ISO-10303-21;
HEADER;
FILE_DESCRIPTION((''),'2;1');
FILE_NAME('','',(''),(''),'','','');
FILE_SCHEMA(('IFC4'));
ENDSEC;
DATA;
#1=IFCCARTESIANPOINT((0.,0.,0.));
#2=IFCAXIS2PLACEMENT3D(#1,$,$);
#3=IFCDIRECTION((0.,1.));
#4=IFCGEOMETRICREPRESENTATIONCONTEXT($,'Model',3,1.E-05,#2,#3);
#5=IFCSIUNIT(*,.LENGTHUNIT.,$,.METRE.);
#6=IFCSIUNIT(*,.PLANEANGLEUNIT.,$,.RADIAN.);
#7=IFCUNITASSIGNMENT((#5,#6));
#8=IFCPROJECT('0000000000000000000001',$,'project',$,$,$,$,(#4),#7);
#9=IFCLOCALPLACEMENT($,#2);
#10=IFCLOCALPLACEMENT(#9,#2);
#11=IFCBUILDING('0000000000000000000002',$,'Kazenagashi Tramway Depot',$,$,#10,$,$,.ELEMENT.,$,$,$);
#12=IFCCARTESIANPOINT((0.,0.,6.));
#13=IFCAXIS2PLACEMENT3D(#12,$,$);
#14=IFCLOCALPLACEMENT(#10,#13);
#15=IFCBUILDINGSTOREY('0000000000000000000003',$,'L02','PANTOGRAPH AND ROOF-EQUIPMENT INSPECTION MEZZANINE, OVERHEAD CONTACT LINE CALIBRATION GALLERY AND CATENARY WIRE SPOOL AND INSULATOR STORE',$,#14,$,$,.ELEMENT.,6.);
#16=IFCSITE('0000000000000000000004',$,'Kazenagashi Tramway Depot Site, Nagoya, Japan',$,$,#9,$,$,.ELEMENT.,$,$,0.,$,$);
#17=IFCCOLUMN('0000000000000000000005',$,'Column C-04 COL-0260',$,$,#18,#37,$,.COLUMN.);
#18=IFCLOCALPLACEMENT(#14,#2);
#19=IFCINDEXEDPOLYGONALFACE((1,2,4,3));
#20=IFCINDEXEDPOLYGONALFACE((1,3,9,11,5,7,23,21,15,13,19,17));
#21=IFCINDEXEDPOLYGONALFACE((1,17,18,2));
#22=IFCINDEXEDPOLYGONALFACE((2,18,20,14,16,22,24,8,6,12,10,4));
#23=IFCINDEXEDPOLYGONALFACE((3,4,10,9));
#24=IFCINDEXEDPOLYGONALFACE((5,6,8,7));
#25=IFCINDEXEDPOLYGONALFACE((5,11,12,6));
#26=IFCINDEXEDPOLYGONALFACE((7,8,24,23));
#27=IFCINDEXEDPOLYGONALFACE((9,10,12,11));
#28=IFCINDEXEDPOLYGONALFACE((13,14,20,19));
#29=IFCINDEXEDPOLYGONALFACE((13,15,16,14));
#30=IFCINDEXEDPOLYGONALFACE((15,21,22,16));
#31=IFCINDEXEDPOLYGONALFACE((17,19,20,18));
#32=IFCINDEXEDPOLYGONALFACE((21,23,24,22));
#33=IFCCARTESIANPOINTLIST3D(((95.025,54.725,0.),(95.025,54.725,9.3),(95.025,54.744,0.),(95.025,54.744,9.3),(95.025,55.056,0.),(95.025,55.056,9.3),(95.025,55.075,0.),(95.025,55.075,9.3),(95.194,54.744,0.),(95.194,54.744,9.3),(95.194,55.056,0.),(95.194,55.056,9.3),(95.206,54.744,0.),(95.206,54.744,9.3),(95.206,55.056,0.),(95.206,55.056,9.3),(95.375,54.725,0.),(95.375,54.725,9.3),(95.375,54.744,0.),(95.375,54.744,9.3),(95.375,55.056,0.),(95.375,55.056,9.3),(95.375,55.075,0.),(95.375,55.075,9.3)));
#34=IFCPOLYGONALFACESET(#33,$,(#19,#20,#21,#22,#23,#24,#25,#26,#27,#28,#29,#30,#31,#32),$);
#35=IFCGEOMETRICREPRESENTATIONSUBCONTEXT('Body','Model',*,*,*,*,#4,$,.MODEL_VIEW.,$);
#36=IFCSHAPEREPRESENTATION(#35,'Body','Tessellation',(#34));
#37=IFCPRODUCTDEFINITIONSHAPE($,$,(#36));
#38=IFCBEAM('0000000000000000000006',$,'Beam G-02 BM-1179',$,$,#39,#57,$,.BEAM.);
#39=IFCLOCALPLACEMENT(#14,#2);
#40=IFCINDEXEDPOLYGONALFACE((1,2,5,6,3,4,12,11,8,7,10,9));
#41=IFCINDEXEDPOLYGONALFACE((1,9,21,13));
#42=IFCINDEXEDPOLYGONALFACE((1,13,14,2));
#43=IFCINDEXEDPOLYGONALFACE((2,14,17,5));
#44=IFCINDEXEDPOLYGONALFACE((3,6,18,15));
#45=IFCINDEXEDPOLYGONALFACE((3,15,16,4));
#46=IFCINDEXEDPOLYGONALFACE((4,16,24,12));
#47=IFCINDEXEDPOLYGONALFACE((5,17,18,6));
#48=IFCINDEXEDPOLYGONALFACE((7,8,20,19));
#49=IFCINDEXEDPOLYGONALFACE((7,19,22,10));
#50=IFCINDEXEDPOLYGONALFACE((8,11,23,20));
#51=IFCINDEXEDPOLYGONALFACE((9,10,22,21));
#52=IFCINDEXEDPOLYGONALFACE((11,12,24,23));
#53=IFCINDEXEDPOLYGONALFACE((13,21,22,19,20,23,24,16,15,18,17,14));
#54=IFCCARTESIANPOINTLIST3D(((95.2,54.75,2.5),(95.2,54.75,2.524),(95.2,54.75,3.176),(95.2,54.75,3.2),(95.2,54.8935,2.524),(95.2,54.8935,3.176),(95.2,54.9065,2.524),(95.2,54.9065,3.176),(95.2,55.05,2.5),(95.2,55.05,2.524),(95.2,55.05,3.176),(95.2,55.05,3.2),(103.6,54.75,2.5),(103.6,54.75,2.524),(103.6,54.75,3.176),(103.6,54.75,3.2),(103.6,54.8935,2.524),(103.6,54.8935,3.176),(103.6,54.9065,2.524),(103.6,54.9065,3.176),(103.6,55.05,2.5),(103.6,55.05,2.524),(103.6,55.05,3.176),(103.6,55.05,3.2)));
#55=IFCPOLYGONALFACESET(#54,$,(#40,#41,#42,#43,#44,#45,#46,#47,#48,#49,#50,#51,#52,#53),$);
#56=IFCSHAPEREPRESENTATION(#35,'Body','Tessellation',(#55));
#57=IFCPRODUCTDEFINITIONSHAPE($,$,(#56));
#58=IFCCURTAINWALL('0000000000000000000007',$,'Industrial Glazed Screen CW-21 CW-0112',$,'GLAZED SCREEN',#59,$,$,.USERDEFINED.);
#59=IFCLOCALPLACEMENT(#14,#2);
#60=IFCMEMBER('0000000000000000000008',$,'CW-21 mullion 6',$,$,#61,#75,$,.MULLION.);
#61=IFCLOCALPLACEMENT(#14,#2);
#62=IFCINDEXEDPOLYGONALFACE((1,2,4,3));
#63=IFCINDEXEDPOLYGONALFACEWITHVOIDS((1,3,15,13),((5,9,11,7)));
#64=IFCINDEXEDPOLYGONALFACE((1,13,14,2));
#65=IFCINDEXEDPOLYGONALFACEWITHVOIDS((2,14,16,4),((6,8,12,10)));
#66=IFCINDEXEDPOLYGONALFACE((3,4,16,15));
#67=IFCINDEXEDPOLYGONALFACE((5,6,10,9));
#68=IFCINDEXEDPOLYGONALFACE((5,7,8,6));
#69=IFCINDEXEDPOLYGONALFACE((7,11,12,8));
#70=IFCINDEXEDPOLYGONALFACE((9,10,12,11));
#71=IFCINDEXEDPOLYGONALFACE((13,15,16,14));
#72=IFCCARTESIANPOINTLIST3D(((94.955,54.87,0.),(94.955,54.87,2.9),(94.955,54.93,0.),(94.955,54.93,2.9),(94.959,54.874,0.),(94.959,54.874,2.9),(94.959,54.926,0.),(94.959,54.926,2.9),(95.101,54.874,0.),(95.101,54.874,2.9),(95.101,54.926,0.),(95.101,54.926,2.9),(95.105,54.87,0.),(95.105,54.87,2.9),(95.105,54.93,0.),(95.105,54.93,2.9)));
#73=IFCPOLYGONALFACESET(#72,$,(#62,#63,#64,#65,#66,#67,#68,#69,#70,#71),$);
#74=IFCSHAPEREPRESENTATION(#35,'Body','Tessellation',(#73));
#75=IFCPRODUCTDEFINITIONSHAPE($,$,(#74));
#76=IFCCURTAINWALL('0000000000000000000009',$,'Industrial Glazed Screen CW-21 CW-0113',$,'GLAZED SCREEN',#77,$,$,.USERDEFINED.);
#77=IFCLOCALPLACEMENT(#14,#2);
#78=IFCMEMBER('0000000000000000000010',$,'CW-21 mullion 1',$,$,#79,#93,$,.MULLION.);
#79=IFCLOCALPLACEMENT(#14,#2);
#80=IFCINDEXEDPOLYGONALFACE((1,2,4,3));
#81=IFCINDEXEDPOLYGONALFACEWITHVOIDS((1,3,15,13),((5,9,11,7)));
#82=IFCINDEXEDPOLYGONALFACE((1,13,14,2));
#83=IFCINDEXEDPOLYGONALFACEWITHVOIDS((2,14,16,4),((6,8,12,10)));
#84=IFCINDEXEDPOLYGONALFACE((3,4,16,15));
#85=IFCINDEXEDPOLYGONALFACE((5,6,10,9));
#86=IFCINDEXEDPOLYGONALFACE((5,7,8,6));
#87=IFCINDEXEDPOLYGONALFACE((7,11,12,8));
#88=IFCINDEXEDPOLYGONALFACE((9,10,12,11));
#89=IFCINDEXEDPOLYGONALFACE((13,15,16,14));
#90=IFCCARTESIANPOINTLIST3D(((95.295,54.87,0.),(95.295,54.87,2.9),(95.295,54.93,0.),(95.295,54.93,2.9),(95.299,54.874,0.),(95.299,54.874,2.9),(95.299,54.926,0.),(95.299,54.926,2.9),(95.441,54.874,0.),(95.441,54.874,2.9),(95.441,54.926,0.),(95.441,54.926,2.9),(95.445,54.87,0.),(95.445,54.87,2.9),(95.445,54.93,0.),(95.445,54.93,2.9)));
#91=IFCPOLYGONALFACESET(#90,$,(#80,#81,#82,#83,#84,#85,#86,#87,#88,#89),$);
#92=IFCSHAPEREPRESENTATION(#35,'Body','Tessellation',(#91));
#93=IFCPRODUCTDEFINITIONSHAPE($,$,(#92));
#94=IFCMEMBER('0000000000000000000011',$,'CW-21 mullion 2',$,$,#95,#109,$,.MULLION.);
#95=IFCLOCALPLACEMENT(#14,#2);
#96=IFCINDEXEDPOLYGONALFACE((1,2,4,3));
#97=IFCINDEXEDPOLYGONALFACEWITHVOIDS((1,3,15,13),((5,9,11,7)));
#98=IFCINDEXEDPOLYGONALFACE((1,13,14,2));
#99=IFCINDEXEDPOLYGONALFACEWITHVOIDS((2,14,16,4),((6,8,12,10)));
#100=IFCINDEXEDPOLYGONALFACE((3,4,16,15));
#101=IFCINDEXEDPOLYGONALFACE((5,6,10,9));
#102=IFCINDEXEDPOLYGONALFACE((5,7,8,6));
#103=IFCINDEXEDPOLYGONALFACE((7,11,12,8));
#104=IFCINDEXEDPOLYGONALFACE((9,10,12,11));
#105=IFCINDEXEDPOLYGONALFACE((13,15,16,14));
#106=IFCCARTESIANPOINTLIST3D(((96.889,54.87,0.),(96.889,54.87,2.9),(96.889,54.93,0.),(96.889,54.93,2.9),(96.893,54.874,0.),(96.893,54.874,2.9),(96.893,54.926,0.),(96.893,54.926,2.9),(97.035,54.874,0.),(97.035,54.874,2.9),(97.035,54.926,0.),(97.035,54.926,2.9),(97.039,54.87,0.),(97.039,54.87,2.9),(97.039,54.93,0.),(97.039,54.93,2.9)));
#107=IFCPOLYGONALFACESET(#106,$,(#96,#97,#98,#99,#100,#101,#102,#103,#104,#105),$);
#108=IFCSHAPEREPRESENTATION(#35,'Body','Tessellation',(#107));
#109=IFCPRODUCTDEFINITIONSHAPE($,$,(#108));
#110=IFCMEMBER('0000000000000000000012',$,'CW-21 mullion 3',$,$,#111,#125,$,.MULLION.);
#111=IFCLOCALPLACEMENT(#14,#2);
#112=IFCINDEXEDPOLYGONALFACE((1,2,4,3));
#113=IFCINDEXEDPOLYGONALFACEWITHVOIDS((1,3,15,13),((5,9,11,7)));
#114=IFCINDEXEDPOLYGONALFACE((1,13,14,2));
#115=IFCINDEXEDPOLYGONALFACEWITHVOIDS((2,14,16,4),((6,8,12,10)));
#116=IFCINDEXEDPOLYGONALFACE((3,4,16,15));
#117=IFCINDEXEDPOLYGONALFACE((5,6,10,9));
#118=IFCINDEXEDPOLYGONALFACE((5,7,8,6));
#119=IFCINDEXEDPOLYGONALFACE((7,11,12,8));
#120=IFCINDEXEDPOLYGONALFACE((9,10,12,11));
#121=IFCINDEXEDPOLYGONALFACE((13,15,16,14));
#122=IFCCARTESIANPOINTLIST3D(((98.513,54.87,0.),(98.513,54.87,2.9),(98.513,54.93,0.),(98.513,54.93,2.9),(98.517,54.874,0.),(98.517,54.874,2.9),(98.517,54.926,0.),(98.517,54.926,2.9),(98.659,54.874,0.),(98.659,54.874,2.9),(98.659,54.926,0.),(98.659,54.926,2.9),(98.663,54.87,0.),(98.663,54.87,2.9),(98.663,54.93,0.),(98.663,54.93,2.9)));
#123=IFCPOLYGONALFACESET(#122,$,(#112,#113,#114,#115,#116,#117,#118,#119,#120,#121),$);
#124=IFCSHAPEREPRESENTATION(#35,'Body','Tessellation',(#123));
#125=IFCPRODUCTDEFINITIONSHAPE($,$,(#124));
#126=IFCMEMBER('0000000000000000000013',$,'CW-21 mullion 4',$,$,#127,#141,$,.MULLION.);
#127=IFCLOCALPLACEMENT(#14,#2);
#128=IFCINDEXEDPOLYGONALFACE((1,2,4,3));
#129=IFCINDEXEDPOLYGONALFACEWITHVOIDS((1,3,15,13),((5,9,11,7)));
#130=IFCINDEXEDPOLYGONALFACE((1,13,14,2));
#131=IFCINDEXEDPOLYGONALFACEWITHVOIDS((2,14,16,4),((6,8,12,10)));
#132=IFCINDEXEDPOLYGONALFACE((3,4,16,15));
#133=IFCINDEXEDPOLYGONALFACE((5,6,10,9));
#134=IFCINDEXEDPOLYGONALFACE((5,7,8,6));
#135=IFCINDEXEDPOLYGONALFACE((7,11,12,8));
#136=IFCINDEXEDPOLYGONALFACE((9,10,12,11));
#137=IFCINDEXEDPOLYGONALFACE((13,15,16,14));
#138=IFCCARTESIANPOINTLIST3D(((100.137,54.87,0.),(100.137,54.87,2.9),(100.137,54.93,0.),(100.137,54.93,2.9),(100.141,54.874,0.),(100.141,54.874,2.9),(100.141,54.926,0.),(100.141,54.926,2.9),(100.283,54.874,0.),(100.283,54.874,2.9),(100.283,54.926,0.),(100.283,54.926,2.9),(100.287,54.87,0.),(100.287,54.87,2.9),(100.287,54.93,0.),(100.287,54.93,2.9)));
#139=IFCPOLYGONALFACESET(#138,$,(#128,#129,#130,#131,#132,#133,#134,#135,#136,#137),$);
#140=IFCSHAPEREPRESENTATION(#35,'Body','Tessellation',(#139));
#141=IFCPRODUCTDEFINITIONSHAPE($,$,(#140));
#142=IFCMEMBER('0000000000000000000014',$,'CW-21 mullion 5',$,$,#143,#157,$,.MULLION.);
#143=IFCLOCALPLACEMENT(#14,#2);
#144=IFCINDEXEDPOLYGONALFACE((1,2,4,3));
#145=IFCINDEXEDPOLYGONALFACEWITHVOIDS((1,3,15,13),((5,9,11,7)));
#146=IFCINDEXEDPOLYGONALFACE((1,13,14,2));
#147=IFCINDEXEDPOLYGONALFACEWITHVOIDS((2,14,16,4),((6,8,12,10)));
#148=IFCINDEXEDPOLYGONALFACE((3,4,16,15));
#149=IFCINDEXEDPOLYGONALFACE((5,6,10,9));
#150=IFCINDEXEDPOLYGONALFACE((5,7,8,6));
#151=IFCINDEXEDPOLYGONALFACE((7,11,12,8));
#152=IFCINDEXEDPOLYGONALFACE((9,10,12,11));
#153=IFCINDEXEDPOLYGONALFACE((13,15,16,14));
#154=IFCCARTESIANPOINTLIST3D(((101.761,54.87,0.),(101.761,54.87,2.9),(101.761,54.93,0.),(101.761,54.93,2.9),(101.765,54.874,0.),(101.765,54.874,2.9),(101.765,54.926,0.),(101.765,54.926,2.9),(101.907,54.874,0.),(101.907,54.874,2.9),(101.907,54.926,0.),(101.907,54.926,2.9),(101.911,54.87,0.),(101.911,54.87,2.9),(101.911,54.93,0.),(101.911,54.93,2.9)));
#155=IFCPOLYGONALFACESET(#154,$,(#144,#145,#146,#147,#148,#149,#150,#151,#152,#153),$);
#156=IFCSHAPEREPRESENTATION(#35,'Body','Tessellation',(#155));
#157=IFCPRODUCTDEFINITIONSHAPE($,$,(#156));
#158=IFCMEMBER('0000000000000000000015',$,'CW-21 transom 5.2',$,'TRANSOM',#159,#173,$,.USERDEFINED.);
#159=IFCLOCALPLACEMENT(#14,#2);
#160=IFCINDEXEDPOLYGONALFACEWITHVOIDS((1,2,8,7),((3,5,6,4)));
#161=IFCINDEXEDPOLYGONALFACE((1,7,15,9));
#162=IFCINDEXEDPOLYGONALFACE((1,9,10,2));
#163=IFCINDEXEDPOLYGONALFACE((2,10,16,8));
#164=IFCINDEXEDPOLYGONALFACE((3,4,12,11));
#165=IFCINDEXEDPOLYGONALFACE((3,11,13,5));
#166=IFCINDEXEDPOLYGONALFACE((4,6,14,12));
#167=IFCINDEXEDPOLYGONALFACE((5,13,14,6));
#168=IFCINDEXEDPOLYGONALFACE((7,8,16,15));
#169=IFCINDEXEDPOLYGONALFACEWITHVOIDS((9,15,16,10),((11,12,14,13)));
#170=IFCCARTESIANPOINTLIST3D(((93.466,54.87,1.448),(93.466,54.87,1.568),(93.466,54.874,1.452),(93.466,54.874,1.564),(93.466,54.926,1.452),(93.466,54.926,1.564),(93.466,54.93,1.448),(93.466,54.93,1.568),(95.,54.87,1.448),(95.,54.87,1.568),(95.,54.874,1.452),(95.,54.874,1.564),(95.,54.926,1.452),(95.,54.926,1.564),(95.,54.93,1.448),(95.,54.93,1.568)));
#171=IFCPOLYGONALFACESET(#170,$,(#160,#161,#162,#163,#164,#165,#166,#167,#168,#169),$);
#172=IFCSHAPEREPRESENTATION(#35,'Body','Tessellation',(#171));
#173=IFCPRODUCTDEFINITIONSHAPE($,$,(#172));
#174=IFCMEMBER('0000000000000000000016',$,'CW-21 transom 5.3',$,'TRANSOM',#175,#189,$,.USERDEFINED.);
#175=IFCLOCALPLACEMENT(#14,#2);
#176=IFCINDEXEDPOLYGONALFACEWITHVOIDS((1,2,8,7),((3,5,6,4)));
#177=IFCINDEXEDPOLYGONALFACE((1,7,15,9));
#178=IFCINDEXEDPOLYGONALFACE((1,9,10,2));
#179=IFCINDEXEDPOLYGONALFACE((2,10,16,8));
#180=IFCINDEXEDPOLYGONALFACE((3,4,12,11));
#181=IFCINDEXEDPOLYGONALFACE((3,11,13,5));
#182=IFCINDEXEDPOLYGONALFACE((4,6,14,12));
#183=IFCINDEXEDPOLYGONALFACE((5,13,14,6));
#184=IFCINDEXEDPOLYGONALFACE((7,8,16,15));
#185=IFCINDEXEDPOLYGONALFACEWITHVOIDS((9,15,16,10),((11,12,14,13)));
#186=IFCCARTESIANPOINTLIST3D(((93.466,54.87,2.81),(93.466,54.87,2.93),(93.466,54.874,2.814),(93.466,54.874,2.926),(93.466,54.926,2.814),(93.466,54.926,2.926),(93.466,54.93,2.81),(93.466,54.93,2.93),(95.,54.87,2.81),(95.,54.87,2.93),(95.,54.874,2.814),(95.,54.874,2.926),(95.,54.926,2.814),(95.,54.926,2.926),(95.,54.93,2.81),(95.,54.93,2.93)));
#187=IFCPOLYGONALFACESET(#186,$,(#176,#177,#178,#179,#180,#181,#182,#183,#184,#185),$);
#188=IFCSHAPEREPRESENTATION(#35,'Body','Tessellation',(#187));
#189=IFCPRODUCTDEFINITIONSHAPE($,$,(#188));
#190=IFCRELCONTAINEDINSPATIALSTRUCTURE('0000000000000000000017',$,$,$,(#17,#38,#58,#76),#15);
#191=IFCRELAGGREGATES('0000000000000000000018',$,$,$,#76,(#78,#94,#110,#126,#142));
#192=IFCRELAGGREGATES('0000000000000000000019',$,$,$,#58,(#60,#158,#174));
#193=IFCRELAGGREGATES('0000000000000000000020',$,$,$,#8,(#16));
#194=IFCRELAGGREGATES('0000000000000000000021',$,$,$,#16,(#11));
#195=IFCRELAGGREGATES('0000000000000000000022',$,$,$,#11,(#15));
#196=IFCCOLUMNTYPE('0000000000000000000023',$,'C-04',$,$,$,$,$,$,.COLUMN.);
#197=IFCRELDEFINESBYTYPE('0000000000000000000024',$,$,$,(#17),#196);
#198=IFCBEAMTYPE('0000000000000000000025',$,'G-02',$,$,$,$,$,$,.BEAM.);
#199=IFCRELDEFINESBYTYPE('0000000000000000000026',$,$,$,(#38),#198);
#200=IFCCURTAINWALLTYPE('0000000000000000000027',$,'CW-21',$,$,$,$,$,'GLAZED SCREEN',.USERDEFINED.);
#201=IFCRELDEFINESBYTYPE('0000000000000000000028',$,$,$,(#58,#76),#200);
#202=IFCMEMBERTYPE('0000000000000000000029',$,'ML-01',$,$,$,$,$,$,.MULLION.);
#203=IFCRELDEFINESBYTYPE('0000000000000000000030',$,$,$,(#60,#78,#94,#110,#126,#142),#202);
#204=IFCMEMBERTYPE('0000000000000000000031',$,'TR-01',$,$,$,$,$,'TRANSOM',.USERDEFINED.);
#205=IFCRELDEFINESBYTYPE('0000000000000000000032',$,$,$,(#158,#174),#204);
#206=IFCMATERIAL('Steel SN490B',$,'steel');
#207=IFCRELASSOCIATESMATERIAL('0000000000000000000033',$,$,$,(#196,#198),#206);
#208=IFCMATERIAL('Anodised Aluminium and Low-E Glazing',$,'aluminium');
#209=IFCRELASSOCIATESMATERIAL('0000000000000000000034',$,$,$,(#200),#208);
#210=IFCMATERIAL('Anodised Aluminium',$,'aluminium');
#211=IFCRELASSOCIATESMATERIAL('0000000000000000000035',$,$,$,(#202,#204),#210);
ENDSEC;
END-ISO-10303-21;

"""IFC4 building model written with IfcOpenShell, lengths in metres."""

from ifc_helpers import new_model, si_unit, direction, frame, origin, origin_2d, place, context, subcontext, project, spatial, hollow_rectangle, i_section, extrude, material, material_profile, profile_set, type_object, element, aggregate, save


model = new_model("IFC4")

# Units and contexts
model_context = context("Model", 3, precision=1e-05, world=origin(), true_north=direction((0.0, 1.0)))
body_context = subcontext(model_context, "Body", "Model", "MODEL_VIEW")
ifc_project = project(units=[si_unit("LENGTHUNIT", "METRE"), si_unit("PLANEANGLEUNIT", "RADIAN")], contexts=[model_context])

# Site, building, storey
site_placement = place(None, origin())
site = spatial("IfcSite", under=ifc_project, at=site_placement, Name="Kazenagashi Tramway Depot Site, Nagoya, Japan", CompositionType="ELEMENT", RefElevation=0.0)
building_placement = place(site_placement, origin())
building = spatial("IfcBuilding", under=site, at=building_placement, Name="Kazenagashi Tramway Depot", CompositionType="ELEMENT")
storey_placement = place(building_placement, frame((0.0, 0.0, 6.0)))
storey = spatial("IfcBuildingStorey", under=building, at=storey_placement, Name="L02", Description="PANTOGRAPH AND ROOF-EQUIPMENT INSPECTION MEZZANINE, OVERHEAD CONTACT LINE CALIBRATION GALLERY AND CATENARY WIRE SPOOL AND INSULATOR STORE", CompositionType="ELEMENT", Elevation=6.0)

# Column
ifc_material_1 = material(Name="Steel SN490B", Category="steel")
ifc_material_profile_1 = material_profile(ifc_material_1, i_section(OverallWidth=0.35, OverallDepth=0.35, WebThickness=0.012, FlangeThickness=0.019, at=origin_2d()), Name="H-350x350x12x19")
ifc_profile_set_1 = profile_set([ifc_material_profile_1], Name="Steel SN490B")
column_type = type_object("IfcColumnType", Name="C-04", PredefinedType="COLUMN", material=ifc_profile_set_1)
column_placement = place(storey_placement, frame((95.2, 54.9, 0.0), z_axis=(0.0, 0.0, 1.0), x_axis=(1.0, 0.0, 0.0)))
element("IfcColumn", 1, at=column_placement, inside=storey, type_object=column_type, Name="Column C-04 COL-0260", PredefinedType="COLUMN", context=body_context, shape_type="SweptSolid", body=[
    extrude(i_section(OverallWidth=0.35, OverallDepth=0.35, WebThickness=0.012, FlangeThickness=0.019, at=origin_2d()), origin(), (0.0, 0.0, 1.0), 9.3),
])

# Beam
ifc_material_profile_2 = material_profile(ifc_material_1, i_section(OverallWidth=0.3, OverallDepth=0.7, WebThickness=0.013, FlangeThickness=0.024, at=origin_2d()), Name="H-700x300x13x24")
ifc_profile_set_2 = profile_set([ifc_material_profile_2], Name="Steel SN490B")
beam_type = type_object("IfcBeamType", Name="G-02", PredefinedType="BEAM", material=ifc_profile_set_2)
beam_placement = place(storey_placement, frame((95.2, 54.9, 2.85), z_axis=(1.0, 0.0, 0.0), x_axis=(0.0, 1.0, 0.0)))
element("IfcBeam", 2, at=beam_placement, inside=storey, type_object=beam_type, Name="Beam G-02 BM-1179", PredefinedType="BEAM", context=body_context, shape_type="SweptSolid", body=[
    extrude(i_section(OverallWidth=0.3, OverallDepth=0.7, WebThickness=0.013, FlangeThickness=0.024, at=origin_2d()), origin(), (0.0, 0.0, 1.0), 8.4),
])

# Curtain wall, member
ifc_material_2 = material(Name="Anodised Aluminium and Low-E Glazing", Category="aluminium")
curtain_wall_type = type_object("IfcCurtainWallType", Name="CW-21", ElementType="GLAZED SCREEN", PredefinedType="USERDEFINED", material=ifc_material_2)
curtain_wall_1_placement = place(storey_placement, origin())
curtain_wall_1 = element("IfcCurtainWall", 3, at=curtain_wall_1_placement, inside=storey, type_object=curtain_wall_type, Name="Industrial Glazed Screen CW-21 CW-0112", ObjectType="GLAZED SCREEN", PredefinedType="USERDEFINED")
ifc_material_3 = material(Name="Anodised Aluminium", Category="aluminium")
ifc_material_profile_3 = material_profile(ifc_material_3, hollow_rectangle(XDim=0.06, YDim=0.15, WallThickness=0.004, at=origin_2d()), Name="RHS-150x60x4")
ifc_profile_set_3 = profile_set([ifc_material_profile_3], Name="Anodised Aluminium")
member_type_1 = type_object("IfcMemberType", Name="ML-01", PredefinedType="MULLION", material=ifc_profile_set_3)
member_1_placement = place(storey_placement, frame((95.03, 54.9, 0.0), z_axis=(0.0, 0.0, 1.0), x_axis=(0.0, 1.0, 0.0)))
member_1 = element("IfcMember", 4, at=member_1_placement, type_object=member_type_1, Name="CW-21 mullion 6", PredefinedType="MULLION", context=body_context, shape_type="SweptSolid", body=[
    extrude(hollow_rectangle(XDim=0.06, YDim=0.15, WallThickness=0.004, at=origin_2d()), origin(), (0.0, 0.0, 1.0), 2.9),
])

# Curtain wall, members
curtain_wall_2_placement = place(storey_placement, origin())
curtain_wall_2 = element("IfcCurtainWall", 5, at=curtain_wall_2_placement, inside=storey, type_object=curtain_wall_type, Name="Industrial Glazed Screen CW-21 CW-0113", ObjectType="GLAZED SCREEN", PredefinedType="USERDEFINED")
member_2_placement = place(storey_placement, frame((95.37, 54.9, 0.0), z_axis=(0.0, 0.0, 1.0), x_axis=(0.0, 1.0, 0.0)))
member_2 = element("IfcMember", 6, at=member_2_placement, type_object=member_type_1, Name="CW-21 mullion 1", PredefinedType="MULLION", context=body_context, shape_type="SweptSolid", body=[
    extrude(hollow_rectangle(XDim=0.06, YDim=0.15, WallThickness=0.004, at=origin_2d()), origin(), (0.0, 0.0, 1.0), 2.9),
])
member_3_placement = place(storey_placement, frame((96.964, 54.9, 0.0), z_axis=(0.0, 0.0, 1.0), x_axis=(0.0, 1.0, 0.0)))
member_3 = element("IfcMember", 7, at=member_3_placement, type_object=member_type_1, Name="CW-21 mullion 2", PredefinedType="MULLION", context=body_context, shape_type="SweptSolid", body=[
    extrude(hollow_rectangle(XDim=0.06, YDim=0.15, WallThickness=0.004, at=origin_2d()), origin(), (0.0, 0.0, 1.0), 2.9),
])
member_4_placement = place(storey_placement, frame((98.588, 54.9, 0.0), z_axis=(0.0, 0.0, 1.0), x_axis=(0.0, 1.0, 0.0)))
member_4 = element("IfcMember", 8, at=member_4_placement, type_object=member_type_1, Name="CW-21 mullion 3", PredefinedType="MULLION", context=body_context, shape_type="SweptSolid", body=[
    extrude(hollow_rectangle(XDim=0.06, YDim=0.15, WallThickness=0.004, at=origin_2d()), origin(), (0.0, 0.0, 1.0), 2.9),
])
member_5_placement = place(storey_placement, frame((100.212, 54.9, 0.0), z_axis=(0.0, 0.0, 1.0), x_axis=(0.0, 1.0, 0.0)))
member_5 = element("IfcMember", 9, at=member_5_placement, type_object=member_type_1, Name="CW-21 mullion 4", PredefinedType="MULLION", context=body_context, shape_type="SweptSolid", body=[
    extrude(hollow_rectangle(XDim=0.06, YDim=0.15, WallThickness=0.004, at=origin_2d()), origin(), (0.0, 0.0, 1.0), 2.9),
])
member_6_placement = place(storey_placement, frame((101.836, 54.9, 0.0), z_axis=(0.0, 0.0, 1.0), x_axis=(0.0, 1.0, 0.0)))
member_6 = element("IfcMember", 10, at=member_6_placement, type_object=member_type_1, Name="CW-21 mullion 5", PredefinedType="MULLION", context=body_context, shape_type="SweptSolid", body=[
    extrude(hollow_rectangle(XDim=0.06, YDim=0.15, WallThickness=0.004, at=origin_2d()), origin(), (0.0, 0.0, 1.0), 2.9),
])

# Members
ifc_material_profile_4 = material_profile(ifc_material_3, hollow_rectangle(XDim=0.06, YDim=0.12, WallThickness=0.004, at=origin_2d()), Name="RHS-120x60x4")
ifc_profile_set_4 = profile_set([ifc_material_profile_4], Name="Anodised Aluminium")
member_type_2 = type_object("IfcMemberType", Name="TR-01", ElementType="TRANSOM", PredefinedType="USERDEFINED", material=ifc_profile_set_4)
member_7_placement = place(storey_placement, frame((93.466, 54.9, 1.508), z_axis=(1.0, 0.0, 0.0), x_axis=(0.0, 1.0, 0.0)))
member_7 = element("IfcMember", 11, at=member_7_placement, type_object=member_type_2, Name="CW-21 transom 5.2", ObjectType="TRANSOM", PredefinedType="USERDEFINED", context=body_context, shape_type="SweptSolid", body=[
    extrude(hollow_rectangle(XDim=0.06, YDim=0.12, WallThickness=0.004, at=origin_2d()), origin(), (0.0, 0.0, 1.0), 1.534),
])
member_8_placement = place(storey_placement, frame((93.466, 54.9, 2.87), z_axis=(1.0, 0.0, 0.0), x_axis=(0.0, 1.0, 0.0)))
member_8 = element("IfcMember", 12, at=member_8_placement, type_object=member_type_2, Name="CW-21 transom 5.3", ObjectType="TRANSOM", PredefinedType="USERDEFINED", context=body_context, shape_type="SweptSolid", body=[
    extrude(hollow_rectangle(XDim=0.06, YDim=0.12, WallThickness=0.004, at=origin_2d()), origin(), (0.0, 0.0, 1.0), 1.534),
])

aggregate(curtain_wall_2, [member_2, member_3, member_4, member_5, member_6])
aggregate(curtain_wall_1, [member_1, member_7, member_8])

save(model, "model.ifc")
